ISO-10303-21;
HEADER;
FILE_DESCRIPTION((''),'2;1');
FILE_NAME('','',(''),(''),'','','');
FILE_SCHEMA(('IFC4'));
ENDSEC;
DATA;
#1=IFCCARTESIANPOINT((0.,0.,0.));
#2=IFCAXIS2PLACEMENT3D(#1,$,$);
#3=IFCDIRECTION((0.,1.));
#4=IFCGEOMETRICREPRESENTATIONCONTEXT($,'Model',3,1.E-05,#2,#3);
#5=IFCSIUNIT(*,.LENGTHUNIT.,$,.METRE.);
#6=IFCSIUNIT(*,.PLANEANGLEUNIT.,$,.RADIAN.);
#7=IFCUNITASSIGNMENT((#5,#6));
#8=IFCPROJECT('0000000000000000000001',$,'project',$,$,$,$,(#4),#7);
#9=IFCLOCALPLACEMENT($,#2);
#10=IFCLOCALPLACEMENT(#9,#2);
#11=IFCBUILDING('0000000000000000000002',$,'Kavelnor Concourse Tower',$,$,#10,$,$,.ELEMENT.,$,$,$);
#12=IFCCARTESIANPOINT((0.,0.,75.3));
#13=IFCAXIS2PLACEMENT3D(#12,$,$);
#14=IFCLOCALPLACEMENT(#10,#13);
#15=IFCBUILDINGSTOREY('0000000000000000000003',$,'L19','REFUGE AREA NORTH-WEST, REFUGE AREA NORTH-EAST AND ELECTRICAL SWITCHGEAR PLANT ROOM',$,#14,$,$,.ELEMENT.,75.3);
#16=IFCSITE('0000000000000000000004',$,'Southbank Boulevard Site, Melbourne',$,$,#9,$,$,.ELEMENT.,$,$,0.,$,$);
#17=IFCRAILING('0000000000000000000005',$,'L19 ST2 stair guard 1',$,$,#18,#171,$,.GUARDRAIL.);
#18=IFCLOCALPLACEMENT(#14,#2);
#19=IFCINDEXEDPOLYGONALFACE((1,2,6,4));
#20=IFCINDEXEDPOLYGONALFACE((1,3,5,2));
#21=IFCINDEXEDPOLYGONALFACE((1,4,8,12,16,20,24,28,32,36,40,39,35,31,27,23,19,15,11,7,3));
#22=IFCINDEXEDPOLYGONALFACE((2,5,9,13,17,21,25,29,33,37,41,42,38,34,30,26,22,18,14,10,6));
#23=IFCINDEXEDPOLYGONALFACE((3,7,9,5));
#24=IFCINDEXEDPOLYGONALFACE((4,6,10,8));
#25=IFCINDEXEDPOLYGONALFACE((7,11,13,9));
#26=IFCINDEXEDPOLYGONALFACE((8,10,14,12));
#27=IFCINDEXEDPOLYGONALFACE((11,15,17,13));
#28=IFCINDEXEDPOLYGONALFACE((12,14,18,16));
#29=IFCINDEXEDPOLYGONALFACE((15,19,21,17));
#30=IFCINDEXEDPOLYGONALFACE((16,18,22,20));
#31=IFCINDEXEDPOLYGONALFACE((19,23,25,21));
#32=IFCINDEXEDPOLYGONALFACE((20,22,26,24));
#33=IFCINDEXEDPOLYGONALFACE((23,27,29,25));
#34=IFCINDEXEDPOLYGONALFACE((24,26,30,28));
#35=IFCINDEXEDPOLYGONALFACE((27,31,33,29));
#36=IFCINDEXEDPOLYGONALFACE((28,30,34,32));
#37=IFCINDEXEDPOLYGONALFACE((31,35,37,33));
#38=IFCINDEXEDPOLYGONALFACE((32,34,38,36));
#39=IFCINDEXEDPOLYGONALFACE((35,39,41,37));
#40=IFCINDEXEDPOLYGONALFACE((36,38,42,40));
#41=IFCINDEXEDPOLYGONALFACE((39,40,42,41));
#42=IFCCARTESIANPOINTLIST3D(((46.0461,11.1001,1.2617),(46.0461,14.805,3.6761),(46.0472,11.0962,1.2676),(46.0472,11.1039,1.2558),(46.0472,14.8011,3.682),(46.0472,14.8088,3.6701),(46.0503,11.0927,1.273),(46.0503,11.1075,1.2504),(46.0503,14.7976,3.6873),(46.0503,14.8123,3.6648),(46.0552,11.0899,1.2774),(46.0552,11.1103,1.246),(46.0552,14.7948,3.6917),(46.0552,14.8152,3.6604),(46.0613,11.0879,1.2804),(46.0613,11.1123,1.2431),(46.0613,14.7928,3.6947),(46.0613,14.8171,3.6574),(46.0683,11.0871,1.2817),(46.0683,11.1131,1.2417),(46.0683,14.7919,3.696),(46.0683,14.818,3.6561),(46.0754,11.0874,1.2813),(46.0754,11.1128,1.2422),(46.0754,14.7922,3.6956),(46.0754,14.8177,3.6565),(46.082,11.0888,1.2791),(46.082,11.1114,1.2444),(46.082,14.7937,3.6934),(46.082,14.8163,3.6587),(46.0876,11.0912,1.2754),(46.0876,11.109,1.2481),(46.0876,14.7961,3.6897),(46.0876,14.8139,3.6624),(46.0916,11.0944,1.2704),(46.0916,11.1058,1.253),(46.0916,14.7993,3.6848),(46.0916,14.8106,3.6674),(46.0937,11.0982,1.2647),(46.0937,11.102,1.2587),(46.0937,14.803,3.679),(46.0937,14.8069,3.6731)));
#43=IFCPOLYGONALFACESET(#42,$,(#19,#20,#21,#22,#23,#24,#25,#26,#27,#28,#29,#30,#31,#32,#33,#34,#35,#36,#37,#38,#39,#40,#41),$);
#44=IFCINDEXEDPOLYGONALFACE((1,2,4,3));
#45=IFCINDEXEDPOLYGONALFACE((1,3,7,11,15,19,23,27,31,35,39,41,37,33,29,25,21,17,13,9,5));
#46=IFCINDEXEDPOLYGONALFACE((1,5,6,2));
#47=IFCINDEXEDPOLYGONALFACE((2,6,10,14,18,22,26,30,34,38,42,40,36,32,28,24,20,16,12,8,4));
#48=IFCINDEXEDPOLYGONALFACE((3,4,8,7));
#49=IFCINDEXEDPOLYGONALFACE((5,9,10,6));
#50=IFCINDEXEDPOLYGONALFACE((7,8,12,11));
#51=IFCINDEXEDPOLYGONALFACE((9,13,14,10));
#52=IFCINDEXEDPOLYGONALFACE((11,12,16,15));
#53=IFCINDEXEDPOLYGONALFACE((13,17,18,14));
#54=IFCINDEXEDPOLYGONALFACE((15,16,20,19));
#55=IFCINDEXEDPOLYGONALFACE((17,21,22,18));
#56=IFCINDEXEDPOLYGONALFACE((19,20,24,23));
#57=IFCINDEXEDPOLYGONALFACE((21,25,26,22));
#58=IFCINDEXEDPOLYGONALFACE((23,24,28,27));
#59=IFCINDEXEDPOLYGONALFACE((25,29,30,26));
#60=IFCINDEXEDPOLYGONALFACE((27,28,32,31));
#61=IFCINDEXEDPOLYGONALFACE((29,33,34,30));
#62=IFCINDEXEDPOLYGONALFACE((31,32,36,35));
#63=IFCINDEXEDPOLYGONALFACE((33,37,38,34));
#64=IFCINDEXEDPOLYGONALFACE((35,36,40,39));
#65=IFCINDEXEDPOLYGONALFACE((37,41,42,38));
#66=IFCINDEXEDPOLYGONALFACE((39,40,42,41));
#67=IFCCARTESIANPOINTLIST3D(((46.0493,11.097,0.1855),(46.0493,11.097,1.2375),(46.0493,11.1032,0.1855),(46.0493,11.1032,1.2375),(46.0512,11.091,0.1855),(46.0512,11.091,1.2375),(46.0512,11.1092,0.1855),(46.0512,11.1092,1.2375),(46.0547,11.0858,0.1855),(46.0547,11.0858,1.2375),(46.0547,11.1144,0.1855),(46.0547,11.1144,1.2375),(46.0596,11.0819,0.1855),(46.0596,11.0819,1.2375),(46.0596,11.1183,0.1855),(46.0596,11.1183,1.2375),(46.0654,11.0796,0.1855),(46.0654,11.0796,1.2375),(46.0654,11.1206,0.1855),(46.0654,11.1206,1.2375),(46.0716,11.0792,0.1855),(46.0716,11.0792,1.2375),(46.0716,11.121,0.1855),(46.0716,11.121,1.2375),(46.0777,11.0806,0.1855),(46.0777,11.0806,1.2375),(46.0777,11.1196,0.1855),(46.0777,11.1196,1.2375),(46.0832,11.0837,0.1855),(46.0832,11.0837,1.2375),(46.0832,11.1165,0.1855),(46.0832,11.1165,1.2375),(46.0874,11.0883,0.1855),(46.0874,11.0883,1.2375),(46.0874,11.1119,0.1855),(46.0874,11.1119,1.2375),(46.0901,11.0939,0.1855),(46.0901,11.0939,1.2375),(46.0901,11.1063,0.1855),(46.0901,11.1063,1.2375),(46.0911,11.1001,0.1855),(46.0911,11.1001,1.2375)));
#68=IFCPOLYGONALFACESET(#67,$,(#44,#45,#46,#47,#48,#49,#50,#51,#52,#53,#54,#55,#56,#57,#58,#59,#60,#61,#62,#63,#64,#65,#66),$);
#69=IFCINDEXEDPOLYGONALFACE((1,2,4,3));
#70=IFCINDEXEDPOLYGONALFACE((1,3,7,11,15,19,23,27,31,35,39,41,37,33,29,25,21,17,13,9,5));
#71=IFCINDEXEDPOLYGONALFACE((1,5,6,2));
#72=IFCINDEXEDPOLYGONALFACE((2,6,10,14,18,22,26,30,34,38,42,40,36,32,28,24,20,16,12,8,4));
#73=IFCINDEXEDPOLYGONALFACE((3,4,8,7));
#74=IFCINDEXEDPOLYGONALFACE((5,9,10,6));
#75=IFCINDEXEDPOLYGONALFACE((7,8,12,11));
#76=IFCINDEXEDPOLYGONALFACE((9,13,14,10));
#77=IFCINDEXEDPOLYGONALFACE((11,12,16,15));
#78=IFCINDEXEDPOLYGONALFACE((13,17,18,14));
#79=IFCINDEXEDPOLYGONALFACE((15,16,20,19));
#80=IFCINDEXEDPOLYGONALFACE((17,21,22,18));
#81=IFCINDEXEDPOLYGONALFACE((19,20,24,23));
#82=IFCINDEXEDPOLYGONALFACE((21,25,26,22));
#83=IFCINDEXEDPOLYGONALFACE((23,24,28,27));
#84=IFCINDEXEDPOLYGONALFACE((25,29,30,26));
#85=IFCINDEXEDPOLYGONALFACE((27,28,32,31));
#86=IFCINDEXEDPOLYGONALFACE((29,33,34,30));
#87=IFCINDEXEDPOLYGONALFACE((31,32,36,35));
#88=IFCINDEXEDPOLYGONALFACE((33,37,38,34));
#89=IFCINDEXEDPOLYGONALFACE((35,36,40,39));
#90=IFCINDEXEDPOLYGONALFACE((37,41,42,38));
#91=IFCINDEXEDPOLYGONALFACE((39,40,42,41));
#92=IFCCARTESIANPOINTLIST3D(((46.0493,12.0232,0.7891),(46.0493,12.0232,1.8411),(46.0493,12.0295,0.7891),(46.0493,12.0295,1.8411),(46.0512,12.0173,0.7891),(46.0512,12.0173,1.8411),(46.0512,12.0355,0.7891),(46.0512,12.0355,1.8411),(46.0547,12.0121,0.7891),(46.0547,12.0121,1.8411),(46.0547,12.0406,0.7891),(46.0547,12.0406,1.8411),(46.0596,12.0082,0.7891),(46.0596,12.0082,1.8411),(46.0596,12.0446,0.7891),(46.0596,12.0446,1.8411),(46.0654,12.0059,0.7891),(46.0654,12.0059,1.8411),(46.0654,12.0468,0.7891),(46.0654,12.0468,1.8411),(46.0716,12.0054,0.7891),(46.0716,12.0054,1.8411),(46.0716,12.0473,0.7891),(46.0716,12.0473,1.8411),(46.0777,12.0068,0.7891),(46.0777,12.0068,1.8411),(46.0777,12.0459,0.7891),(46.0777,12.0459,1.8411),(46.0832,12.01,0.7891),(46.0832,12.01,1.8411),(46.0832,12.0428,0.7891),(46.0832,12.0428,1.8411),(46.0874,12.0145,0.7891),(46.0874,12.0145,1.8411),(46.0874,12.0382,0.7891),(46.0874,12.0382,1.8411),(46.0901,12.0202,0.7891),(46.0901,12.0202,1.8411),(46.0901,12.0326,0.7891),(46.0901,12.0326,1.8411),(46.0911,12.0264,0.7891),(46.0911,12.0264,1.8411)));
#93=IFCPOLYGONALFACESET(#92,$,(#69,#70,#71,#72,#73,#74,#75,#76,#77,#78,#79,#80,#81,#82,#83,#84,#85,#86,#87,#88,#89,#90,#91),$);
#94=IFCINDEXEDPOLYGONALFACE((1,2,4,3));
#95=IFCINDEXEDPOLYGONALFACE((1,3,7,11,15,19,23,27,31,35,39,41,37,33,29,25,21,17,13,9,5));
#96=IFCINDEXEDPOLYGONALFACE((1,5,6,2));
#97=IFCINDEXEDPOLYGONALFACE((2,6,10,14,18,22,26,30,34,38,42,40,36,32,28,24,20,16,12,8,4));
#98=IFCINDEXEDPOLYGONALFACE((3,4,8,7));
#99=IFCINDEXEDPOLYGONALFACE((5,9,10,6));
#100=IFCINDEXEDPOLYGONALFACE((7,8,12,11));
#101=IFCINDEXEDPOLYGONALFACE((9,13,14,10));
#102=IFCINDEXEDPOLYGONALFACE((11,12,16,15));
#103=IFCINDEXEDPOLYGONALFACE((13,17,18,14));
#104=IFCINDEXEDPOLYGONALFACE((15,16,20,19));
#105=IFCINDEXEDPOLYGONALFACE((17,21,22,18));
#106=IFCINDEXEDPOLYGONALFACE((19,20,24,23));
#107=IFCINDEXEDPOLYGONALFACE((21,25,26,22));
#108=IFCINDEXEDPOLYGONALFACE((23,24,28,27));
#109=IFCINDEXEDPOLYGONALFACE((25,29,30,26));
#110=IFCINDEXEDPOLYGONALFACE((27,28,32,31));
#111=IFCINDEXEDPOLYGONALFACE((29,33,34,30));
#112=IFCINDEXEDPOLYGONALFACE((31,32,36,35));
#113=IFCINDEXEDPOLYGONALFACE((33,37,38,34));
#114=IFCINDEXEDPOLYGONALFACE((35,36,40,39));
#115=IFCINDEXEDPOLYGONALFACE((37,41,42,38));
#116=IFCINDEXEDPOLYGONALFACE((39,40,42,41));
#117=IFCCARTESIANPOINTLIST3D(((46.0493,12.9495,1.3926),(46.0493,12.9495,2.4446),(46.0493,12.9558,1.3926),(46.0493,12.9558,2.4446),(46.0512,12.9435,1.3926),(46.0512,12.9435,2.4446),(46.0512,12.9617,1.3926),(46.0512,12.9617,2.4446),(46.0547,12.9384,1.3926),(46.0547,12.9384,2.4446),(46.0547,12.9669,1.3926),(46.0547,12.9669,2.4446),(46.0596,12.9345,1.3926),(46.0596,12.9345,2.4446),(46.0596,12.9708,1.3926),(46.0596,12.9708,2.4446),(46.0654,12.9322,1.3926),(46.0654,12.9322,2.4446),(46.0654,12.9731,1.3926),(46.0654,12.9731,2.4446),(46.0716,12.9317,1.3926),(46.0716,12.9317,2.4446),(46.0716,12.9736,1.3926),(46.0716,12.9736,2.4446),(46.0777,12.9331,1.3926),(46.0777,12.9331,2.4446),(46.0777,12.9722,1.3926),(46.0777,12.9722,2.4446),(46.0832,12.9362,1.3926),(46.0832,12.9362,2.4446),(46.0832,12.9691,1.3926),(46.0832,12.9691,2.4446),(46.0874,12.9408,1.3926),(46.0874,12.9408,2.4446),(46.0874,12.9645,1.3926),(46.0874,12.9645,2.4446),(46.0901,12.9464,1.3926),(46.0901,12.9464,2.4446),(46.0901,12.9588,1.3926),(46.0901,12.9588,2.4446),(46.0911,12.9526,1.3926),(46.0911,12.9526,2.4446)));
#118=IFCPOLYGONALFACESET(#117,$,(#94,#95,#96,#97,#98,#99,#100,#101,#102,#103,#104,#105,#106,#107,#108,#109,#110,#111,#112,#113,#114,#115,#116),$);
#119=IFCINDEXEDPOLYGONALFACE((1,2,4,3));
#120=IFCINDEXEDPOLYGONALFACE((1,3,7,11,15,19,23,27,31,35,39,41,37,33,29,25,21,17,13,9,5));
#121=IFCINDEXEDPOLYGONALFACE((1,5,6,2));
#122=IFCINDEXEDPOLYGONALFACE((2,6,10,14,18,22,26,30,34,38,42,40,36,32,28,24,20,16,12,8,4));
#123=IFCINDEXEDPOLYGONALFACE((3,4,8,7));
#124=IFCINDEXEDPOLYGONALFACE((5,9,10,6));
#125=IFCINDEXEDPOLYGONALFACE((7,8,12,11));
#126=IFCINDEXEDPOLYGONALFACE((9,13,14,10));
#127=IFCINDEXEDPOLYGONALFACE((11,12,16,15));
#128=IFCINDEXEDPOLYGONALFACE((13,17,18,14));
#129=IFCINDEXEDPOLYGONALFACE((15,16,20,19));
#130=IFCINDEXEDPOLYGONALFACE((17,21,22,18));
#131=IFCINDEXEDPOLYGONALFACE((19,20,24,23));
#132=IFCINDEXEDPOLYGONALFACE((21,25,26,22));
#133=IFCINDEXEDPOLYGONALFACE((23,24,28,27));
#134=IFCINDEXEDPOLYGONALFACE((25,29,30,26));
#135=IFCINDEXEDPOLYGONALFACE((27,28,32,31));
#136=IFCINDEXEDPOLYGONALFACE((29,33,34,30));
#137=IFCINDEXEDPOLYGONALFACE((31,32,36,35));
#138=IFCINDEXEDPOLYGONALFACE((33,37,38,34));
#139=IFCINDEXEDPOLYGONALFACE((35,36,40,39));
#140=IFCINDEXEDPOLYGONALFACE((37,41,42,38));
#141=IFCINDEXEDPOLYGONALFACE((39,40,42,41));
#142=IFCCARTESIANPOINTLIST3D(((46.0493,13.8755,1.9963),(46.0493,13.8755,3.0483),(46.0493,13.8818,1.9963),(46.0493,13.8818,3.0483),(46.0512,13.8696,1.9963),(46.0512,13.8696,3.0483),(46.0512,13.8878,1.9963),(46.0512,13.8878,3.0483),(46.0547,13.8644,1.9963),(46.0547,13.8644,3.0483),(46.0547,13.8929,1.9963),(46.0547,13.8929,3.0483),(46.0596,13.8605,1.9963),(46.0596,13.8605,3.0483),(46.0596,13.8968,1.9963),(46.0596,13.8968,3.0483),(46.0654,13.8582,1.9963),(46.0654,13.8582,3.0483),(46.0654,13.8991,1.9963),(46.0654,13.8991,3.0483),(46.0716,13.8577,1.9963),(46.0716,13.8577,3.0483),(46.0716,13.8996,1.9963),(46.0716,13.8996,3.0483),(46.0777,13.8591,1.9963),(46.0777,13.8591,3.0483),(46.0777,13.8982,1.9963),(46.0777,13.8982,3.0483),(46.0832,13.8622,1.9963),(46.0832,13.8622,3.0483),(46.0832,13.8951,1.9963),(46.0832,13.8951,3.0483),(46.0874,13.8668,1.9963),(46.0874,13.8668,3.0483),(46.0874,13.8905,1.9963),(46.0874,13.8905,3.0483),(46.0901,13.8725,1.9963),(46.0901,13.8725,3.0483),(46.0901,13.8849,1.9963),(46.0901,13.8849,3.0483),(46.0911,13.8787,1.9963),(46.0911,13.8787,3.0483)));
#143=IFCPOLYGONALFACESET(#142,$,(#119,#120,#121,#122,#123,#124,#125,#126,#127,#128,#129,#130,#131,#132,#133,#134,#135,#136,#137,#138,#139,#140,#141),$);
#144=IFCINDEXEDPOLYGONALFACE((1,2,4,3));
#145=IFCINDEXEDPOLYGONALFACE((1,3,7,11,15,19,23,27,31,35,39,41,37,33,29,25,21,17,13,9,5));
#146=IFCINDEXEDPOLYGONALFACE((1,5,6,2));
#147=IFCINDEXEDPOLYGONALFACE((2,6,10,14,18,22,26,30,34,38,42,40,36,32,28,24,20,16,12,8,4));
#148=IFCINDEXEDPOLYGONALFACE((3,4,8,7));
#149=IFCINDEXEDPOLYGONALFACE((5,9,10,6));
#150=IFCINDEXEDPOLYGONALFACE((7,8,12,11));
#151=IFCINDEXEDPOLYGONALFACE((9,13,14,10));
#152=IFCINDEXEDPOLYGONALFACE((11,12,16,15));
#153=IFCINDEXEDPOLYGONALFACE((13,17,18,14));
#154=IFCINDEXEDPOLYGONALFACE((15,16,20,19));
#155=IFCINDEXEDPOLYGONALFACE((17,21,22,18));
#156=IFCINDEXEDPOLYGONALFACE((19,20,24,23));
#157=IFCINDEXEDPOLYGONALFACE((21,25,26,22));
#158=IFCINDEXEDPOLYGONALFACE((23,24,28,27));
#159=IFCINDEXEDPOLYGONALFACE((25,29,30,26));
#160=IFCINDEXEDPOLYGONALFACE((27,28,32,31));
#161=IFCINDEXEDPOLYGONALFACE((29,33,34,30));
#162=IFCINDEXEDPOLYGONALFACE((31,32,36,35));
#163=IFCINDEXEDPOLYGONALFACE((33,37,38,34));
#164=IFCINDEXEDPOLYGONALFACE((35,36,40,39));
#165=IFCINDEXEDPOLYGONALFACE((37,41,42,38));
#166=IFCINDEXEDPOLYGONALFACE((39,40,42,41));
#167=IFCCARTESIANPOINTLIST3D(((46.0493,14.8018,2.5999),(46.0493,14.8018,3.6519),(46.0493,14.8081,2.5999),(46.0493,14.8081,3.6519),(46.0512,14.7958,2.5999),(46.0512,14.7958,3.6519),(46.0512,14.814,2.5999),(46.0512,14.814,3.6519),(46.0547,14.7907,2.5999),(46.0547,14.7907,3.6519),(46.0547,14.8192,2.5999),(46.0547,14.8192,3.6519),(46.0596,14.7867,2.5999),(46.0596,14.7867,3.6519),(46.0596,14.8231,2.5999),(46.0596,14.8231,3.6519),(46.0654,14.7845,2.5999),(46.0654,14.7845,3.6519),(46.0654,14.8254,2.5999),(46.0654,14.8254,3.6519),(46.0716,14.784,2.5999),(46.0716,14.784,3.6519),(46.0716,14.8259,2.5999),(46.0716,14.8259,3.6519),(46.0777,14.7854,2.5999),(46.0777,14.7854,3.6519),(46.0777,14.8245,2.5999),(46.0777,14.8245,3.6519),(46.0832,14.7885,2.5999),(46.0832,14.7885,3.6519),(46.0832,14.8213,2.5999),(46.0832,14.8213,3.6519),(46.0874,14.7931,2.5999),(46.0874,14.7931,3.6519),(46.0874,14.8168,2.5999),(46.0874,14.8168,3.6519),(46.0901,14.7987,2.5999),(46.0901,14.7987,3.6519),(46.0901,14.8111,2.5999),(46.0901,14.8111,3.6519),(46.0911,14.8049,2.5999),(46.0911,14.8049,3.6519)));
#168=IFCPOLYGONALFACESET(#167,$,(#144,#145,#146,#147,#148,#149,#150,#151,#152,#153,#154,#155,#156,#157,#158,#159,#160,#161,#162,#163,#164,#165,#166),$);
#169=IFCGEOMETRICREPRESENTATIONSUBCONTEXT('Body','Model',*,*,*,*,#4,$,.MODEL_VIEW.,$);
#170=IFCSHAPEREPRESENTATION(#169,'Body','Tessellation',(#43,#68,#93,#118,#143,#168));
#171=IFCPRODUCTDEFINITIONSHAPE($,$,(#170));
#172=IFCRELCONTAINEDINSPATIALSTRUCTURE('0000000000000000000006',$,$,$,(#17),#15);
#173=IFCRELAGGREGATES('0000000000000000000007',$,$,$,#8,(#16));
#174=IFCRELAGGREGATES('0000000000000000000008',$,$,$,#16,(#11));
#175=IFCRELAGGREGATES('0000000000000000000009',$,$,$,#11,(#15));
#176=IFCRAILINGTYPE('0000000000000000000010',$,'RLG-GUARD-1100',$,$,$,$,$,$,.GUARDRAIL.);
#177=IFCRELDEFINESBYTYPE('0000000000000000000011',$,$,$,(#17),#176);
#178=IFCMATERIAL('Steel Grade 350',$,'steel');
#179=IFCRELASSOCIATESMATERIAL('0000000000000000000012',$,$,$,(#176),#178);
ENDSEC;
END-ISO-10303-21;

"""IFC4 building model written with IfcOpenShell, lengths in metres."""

from ifc_helpers import new_model, si_unit, direction, frame, origin, origin_2d, place, context, subcontext, project, spatial, circle, extrude, material, type_object, element, save


model = new_model("IFC4")

# Units and contexts
model_context = context("Model", 3, precision=1e-05, world=origin(), true_north=direction((0.0, 1.0)))
body_context = subcontext(model_context, "Body", "Model", "MODEL_VIEW")
ifc_project = project(units=[si_unit("LENGTHUNIT", "METRE"), si_unit("PLANEANGLEUNIT", "RADIAN")], contexts=[model_context])

# Site, building, storey
site_placement = place(None, origin())
site = spatial("IfcSite", under=ifc_project, at=site_placement, Name="Southbank Boulevard Site, Melbourne", CompositionType="ELEMENT", RefElevation=0.0)
building_placement = place(site_placement, origin())
building = spatial("IfcBuilding", under=site, at=building_placement, Name="Kavelnor Concourse Tower", CompositionType="ELEMENT")
storey_placement = place(building_placement, frame((0.0, 0.0, 75.3)))
storey = spatial("IfcBuildingStorey", under=building, at=storey_placement, Name="L19", Description="REFUGE AREA NORTH-WEST, REFUGE AREA NORTH-EAST AND ELECTRICAL SWITCHGEAR PLANT ROOM", CompositionType="ELEMENT", Elevation=75.3)

# Shared definitions
ifc_material_1 = material(Name="Steel Grade 350", Category="steel")

# Railing
railing_type_1 = type_object("IfcRailingType", Name="RLG-GUARD-1100", PredefinedType="GUARDRAIL", material=ifc_material_1)
railing_1_placement = place(storey_placement, frame((46.0701, 11.1001, 0.1855)))
element("IfcRailing", 1, at=railing_1_placement, inside=storey, type_object=railing_type_1, Name="L19 ST2 stair guard 1", PredefinedType="GUARDRAIL", context=body_context, shape_type="SweptSolid", body=[
    extrude(circle(Radius=0.0239, at=origin_2d()), frame((0.0, 0.0, 1.0762), z_axis=(0.0, 0.837806, 0.545968), x_axis=(-1.0, 0.0, 0.0)), (0.0, 0.0, 1.0), 4.4221),
    extrude(circle(Radius=0.021, at=origin_2d()), origin(), (0.0, 0.0, 1.0), 1.052),
    extrude(circle(Radius=0.021, at=origin_2d()), frame((0.0, 0.9263, 0.6035)), (0.0, 0.0, 1.0), 1.052),
    extrude(circle(Radius=0.021, at=origin_2d()), frame((0.0, 1.8525, 1.207)), (0.0, 0.0, 1.0), 1.052),
    extrude(circle(Radius=0.021, at=origin_2d()), frame((0.0, 2.7786, 1.8108)), (0.0, 0.0, 1.0), 1.052),
    extrude(circle(Radius=0.021, at=origin_2d()), frame((0.0, 3.7048, 2.4143)), (0.0, 0.0, 1.0), 1.052),
])

save(model, "model.ifc")
